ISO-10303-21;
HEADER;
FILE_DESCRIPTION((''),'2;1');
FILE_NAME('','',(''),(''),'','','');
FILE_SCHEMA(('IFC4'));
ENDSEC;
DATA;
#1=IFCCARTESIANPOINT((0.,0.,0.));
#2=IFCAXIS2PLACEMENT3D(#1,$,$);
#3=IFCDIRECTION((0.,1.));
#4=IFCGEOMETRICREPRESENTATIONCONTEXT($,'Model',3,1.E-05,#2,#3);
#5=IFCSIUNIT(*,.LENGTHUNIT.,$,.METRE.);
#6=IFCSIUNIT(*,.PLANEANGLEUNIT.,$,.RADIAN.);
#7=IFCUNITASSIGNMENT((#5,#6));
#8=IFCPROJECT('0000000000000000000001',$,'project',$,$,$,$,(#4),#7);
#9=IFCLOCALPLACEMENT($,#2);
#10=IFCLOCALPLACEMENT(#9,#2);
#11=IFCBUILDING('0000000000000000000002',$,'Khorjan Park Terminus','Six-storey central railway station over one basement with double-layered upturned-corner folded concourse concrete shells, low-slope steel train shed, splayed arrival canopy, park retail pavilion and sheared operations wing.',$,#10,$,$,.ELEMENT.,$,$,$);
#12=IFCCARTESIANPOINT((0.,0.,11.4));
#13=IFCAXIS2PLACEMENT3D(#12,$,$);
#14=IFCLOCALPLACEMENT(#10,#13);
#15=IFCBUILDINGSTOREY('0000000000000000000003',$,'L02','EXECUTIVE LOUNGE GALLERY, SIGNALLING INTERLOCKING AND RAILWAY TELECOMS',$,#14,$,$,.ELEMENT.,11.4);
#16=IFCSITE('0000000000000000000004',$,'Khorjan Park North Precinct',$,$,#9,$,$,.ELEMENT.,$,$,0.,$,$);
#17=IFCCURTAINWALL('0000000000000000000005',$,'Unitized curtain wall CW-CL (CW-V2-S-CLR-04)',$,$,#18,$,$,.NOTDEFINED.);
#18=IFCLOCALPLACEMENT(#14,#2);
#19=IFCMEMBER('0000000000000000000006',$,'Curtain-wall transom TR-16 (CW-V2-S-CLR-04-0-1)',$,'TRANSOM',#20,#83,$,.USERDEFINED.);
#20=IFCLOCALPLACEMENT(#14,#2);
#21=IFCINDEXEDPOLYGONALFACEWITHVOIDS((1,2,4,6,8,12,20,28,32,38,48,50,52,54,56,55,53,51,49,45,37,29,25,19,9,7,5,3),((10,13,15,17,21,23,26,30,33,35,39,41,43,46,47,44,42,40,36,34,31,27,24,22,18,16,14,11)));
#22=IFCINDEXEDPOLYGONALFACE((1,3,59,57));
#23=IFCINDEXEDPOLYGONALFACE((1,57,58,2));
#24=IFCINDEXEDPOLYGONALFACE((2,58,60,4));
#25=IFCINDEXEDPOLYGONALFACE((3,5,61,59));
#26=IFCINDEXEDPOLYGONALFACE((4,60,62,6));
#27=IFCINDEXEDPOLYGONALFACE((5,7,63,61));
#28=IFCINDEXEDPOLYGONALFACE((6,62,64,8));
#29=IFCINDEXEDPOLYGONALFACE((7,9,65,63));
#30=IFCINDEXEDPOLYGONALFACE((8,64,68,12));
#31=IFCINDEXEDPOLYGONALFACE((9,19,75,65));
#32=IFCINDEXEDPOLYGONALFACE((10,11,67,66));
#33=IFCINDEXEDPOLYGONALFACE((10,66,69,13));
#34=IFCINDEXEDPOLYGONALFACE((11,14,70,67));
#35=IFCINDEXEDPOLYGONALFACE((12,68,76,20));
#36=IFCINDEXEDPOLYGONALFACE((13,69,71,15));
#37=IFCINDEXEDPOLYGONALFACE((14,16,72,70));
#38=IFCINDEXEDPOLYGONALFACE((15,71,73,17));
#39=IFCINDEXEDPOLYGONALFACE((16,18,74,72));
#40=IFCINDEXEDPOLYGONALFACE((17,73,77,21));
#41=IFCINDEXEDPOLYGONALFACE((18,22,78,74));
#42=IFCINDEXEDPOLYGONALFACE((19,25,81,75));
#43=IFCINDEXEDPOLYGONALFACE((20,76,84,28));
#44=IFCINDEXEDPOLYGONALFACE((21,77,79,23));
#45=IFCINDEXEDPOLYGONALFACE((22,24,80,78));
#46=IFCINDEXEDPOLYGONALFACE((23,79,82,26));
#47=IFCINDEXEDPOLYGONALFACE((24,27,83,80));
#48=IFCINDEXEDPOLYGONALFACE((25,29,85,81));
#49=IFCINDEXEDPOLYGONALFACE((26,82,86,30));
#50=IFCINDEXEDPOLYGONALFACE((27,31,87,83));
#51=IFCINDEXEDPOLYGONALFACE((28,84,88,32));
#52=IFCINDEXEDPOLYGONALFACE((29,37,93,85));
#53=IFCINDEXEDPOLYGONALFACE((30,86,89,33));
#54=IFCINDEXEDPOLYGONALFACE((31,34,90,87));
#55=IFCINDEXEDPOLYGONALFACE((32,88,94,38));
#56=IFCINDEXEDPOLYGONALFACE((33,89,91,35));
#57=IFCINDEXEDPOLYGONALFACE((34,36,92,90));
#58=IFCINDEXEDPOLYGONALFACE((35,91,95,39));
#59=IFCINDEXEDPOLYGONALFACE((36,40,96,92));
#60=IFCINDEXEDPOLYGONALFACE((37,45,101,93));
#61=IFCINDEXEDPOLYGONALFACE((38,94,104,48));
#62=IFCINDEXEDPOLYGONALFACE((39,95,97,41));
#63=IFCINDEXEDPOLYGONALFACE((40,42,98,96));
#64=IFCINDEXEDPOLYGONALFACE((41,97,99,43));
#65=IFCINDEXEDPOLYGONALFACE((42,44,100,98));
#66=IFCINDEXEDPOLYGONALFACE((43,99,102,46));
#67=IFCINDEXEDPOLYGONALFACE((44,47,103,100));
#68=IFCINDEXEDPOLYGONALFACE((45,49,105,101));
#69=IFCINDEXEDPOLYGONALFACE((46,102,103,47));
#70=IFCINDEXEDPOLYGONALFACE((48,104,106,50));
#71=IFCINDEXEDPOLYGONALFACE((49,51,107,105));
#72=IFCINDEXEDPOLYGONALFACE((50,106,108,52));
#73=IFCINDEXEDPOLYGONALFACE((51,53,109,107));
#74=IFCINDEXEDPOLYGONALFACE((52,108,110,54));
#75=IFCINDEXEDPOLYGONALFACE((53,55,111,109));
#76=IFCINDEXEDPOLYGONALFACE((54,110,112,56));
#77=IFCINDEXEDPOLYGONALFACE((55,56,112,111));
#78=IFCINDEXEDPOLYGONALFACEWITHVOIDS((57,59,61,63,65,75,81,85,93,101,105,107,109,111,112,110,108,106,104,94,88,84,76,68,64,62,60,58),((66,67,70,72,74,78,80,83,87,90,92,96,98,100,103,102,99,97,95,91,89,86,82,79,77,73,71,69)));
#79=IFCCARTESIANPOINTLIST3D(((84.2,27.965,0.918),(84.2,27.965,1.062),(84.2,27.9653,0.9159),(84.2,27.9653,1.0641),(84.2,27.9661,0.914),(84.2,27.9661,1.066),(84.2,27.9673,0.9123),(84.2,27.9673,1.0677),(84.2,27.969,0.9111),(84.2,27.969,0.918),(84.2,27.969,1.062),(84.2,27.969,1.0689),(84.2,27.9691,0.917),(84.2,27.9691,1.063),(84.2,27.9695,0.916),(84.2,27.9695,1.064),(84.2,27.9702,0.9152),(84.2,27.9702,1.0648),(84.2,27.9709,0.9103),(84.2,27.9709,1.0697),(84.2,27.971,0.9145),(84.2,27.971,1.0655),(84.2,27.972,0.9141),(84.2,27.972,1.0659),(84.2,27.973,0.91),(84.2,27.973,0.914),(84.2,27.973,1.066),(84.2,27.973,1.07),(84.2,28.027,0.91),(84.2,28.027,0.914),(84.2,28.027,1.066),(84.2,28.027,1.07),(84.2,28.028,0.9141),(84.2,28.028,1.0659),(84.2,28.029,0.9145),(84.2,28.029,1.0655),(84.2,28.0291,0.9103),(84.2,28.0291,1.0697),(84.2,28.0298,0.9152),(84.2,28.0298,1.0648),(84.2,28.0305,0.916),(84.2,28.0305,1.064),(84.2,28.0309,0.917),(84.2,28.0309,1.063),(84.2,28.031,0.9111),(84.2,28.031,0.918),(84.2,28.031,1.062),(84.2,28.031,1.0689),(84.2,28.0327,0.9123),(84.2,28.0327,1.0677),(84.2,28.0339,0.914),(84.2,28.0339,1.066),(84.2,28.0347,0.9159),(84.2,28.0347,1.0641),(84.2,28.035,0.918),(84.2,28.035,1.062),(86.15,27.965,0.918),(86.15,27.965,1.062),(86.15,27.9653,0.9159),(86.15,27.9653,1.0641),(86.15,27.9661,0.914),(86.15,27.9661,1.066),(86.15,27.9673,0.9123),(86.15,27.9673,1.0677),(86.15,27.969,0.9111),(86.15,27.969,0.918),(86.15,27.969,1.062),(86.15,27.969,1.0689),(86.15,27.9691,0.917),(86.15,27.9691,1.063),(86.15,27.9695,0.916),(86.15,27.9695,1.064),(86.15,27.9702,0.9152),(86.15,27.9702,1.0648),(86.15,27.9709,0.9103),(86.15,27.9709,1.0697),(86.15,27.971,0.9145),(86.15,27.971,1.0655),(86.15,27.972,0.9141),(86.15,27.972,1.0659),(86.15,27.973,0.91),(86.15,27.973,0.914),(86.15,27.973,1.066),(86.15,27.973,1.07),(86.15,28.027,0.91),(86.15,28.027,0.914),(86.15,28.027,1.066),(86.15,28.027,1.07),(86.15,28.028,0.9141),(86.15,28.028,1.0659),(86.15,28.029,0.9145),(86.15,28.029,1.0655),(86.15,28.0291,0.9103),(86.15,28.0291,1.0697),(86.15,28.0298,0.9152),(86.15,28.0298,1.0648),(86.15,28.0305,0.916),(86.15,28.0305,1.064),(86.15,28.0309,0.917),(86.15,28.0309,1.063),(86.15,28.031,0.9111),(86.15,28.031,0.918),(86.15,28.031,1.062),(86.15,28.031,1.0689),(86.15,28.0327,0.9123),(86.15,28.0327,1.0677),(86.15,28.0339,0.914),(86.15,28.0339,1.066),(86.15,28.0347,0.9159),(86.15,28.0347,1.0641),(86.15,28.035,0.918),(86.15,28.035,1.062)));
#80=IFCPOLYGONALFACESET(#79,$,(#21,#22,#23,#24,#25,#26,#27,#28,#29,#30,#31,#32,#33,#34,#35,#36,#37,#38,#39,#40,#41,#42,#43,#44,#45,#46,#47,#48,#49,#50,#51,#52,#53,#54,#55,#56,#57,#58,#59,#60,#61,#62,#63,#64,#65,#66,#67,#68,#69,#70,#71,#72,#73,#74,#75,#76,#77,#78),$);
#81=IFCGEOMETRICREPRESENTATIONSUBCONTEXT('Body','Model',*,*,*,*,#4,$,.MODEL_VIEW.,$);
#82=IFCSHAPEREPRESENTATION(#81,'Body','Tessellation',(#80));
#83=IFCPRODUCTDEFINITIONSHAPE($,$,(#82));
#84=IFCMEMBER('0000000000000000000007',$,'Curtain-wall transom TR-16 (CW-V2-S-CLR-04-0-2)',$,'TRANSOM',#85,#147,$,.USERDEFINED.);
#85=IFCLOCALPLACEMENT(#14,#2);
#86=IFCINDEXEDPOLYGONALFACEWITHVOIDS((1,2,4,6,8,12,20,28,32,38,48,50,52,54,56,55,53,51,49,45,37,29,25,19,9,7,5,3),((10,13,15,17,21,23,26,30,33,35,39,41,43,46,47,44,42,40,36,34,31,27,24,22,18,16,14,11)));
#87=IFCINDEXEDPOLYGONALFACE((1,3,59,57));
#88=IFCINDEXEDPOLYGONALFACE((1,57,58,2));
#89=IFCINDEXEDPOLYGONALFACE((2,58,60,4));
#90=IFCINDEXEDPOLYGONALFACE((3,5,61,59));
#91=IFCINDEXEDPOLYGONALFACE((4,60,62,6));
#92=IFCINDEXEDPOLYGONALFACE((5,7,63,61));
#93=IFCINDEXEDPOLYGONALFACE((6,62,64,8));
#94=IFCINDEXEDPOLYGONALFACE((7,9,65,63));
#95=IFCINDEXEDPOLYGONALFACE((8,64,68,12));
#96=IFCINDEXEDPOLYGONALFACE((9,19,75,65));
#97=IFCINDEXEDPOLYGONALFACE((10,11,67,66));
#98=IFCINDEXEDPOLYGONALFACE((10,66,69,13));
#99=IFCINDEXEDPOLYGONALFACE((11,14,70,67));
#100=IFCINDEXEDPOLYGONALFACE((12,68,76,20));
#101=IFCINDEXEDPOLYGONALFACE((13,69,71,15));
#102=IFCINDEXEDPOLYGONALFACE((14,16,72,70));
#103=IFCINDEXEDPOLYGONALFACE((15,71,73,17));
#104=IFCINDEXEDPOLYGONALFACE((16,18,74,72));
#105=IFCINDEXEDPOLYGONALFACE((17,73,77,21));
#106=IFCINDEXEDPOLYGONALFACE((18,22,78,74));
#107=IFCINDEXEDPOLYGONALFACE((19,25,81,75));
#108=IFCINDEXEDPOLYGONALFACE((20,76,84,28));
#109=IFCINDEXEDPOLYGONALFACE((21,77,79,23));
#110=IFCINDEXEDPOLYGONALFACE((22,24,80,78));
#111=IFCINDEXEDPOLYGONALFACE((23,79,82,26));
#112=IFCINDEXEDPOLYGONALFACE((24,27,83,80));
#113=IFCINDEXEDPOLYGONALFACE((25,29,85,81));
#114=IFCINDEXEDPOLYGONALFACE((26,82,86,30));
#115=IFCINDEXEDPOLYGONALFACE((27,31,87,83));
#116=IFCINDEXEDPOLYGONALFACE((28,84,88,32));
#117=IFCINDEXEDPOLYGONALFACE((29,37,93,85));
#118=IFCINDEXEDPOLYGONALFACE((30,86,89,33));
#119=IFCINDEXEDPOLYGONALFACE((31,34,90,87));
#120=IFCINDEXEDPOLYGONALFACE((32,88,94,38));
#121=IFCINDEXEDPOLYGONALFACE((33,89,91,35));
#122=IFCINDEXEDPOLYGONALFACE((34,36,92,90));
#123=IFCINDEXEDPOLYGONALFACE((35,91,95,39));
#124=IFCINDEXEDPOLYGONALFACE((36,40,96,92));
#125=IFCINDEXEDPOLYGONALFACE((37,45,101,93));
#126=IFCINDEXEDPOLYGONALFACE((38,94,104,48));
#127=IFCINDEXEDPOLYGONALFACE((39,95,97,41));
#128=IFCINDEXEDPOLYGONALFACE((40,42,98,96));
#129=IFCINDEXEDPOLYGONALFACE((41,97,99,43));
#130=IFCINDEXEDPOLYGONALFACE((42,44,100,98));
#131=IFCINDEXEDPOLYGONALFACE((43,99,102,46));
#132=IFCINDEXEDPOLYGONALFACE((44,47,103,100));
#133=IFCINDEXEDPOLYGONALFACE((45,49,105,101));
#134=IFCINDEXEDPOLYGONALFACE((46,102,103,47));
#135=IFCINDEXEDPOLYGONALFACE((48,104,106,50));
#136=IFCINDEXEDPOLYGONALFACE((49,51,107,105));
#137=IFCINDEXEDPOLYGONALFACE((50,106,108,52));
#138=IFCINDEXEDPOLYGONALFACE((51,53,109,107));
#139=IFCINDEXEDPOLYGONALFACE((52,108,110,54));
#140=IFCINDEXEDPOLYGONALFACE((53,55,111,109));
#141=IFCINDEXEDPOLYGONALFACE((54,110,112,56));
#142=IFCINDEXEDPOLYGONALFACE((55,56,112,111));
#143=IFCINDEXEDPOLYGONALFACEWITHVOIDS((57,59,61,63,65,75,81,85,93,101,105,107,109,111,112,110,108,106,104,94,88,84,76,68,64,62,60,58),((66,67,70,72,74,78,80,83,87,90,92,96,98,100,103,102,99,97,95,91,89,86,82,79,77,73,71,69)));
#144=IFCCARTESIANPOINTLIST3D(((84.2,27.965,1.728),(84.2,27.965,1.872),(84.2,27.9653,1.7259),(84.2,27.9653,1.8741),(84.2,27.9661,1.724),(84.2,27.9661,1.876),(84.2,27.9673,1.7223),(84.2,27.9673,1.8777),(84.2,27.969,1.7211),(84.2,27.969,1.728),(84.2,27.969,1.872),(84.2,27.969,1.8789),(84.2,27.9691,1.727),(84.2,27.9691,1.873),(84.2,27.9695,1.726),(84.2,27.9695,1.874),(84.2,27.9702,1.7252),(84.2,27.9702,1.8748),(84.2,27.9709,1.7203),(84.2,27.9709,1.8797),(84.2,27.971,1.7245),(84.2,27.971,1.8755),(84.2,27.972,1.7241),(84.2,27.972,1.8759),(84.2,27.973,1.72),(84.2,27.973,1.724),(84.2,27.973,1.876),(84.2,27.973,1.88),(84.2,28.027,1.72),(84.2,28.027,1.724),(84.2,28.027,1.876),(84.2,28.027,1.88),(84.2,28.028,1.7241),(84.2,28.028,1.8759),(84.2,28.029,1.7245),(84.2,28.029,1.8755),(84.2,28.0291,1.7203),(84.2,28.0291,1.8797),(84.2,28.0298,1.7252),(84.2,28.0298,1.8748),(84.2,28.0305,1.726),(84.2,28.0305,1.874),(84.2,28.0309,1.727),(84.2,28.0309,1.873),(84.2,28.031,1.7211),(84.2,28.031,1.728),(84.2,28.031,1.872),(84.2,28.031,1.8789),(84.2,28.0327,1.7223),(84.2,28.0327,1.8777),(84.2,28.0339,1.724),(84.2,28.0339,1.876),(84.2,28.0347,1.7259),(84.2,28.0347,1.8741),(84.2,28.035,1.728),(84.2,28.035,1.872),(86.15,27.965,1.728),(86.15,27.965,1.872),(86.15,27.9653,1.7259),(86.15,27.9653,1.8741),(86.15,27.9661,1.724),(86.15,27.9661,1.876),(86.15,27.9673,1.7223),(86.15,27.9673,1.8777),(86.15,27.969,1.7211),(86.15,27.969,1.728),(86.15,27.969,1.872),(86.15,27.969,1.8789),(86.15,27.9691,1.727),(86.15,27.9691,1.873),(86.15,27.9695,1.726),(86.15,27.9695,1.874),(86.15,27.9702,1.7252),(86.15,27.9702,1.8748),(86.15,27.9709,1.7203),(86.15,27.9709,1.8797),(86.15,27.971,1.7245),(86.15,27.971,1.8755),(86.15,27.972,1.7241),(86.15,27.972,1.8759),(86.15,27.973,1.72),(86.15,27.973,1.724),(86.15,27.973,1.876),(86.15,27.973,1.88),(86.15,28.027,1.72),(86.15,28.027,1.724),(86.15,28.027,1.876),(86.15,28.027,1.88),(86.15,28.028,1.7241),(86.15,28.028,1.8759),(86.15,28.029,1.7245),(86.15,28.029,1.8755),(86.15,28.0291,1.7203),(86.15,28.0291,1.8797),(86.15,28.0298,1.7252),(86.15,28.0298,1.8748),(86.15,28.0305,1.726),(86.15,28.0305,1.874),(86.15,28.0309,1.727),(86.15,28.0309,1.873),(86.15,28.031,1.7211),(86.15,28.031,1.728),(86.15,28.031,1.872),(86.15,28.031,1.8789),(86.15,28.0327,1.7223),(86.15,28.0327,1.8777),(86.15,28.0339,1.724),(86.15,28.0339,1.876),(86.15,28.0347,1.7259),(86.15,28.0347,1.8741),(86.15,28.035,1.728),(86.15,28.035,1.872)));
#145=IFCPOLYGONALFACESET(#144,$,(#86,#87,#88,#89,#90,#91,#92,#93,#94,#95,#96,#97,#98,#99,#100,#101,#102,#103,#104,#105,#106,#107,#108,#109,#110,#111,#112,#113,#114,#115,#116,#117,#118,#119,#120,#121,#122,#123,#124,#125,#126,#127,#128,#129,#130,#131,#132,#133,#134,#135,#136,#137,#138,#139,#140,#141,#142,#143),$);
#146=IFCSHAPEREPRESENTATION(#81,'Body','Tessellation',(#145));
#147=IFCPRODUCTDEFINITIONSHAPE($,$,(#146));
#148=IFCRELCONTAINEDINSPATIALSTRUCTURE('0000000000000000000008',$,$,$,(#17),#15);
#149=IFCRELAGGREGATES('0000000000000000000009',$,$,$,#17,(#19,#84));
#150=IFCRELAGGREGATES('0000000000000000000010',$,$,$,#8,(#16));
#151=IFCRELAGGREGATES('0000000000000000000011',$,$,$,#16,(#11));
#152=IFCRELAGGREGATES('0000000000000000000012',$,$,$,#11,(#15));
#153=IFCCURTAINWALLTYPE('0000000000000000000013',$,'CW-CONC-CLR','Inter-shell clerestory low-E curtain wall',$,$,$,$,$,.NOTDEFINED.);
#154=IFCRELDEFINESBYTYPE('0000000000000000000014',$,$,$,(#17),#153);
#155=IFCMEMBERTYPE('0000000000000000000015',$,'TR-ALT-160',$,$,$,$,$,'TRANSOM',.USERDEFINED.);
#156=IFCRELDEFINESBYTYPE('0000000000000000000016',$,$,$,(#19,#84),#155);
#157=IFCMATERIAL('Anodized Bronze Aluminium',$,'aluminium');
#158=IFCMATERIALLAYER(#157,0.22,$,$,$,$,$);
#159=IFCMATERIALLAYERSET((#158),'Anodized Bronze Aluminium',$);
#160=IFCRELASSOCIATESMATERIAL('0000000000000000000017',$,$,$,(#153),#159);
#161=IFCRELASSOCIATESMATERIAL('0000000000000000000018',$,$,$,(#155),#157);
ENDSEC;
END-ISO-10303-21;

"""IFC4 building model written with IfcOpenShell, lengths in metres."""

from ifc_helpers import new_model, si_unit, direction, frame, origin, origin_2d, place, context, subcontext, project, spatial, hollow_rectangle, extrude, material, layer, layer_set, material_profile, profile_set, type_object, element, aggregate, save


model = new_model("IFC4")

# Units and contexts
model_context = context("Model", 3, precision=1e-05, world=origin(), true_north=direction((0.0, 1.0)))
body_context = subcontext(model_context, "Body", "Model", "MODEL_VIEW")
ifc_project = project(units=[si_unit("LENGTHUNIT", "METRE"), si_unit("PLANEANGLEUNIT", "RADIAN")], contexts=[model_context])

# Site, building, storey
site_placement = place(None, origin())
site = spatial("IfcSite", under=ifc_project, at=site_placement, Name="Khorjan Park North Precinct", CompositionType="ELEMENT", RefElevation=0.0)
building_placement = place(site_placement, origin())
building = spatial("IfcBuilding", under=site, at=building_placement, Name="Khorjan Park Terminus", Description="Six-storey central railway station over one basement with double-layered upturned-corner folded concourse concrete shells, low-slope steel train shed, splayed arrival canopy, park retail pavilion and sheared operations wing.", CompositionType="ELEMENT")
storey_placement = place(building_placement, frame((0.0, 0.0, 11.4)))
storey = spatial("IfcBuildingStorey", under=building, at=storey_placement, Name="L02", Description="EXECUTIVE LOUNGE GALLERY, SIGNALLING INTERLOCKING AND RAILWAY TELECOMS", CompositionType="ELEMENT", Elevation=11.4)

# Shared definitions
ifc_material_1 = material(Name="Anodized Bronze Aluminium", Category="aluminium")
ifc_layer_1 = layer(ifc_material_1, 0.22)
ifc_layer_set_1 = layer_set([ifc_layer_1], Name="Anodized Bronze Aluminium")
curtain_wall_type = type_object("IfcCurtainWallType", Name="CW-CONC-CLR", Description="Inter-shell clerestory low-E curtain wall", PredefinedType="NOTDEFINED", material=ifc_layer_set_1)

# Curtain wall
curtain_wall_1_placement = place(storey_placement, origin())
curtain_wall_1 = element("IfcCurtainWall", 1, at=curtain_wall_1_placement, inside=storey, type_object=curtain_wall_type, Name="Unitized curtain wall CW-CL (CW-V2-S-CLR-04)", PredefinedType="NOTDEFINED")

# Members
ifc_material_profile_1 = material_profile(ifc_material_1, hollow_rectangle(XDim=0.07, YDim=0.16, WallThickness=0.004, InnerFilletRadius=0.004, OuterFilletRadius=0.008, at=origin_2d()), Name="ALT 70x160x4")
ifc_profile_set_1 = profile_set([ifc_material_profile_1], Name="Anodized Bronze Aluminium")
member_type_1 = type_object("IfcMemberType", Name="TR-ALT-160", ElementType="TRANSOM", PredefinedType="USERDEFINED", material=ifc_profile_set_1)
member_1_placement = place(storey_placement, frame((84.2, 28.0, 0.99), z_axis=(1.0, 0.0, 0.0), x_axis=(0.0, 1.0, 0.0)))
member_1 = element("IfcMember", 2, at=member_1_placement, type_object=member_type_1, Name="Curtain-wall transom TR-16 (CW-V2-S-CLR-04-0-1)", ObjectType="TRANSOM", PredefinedType="USERDEFINED", context=body_context, shape_type="SweptSolid", body=[
    extrude(hollow_rectangle(XDim=0.07, YDim=0.16, WallThickness=0.004, InnerFilletRadius=0.004, OuterFilletRadius=0.008, at=origin_2d()), origin(), (0.0, 0.0, 1.0), 1.95),
])
member_2_placement = place(storey_placement, frame((84.2, 28.0, 1.8), z_axis=(1.0, 0.0, 0.0), x_axis=(0.0, 1.0, 0.0)))
member_2 = element("IfcMember", 3, at=member_2_placement, type_object=member_type_1, Name="Curtain-wall transom TR-16 (CW-V2-S-CLR-04-0-2)", ObjectType="TRANSOM", PredefinedType="USERDEFINED", context=body_context, shape_type="SweptSolid", body=[
    extrude(hollow_rectangle(XDim=0.07, YDim=0.16, WallThickness=0.004, InnerFilletRadius=0.004, OuterFilletRadius=0.008, at=origin_2d()), origin(), (0.0, 0.0, 1.0), 1.95),
])

aggregate(curtain_wall_1, [member_1, member_2])

save(model, "model.ifc")
